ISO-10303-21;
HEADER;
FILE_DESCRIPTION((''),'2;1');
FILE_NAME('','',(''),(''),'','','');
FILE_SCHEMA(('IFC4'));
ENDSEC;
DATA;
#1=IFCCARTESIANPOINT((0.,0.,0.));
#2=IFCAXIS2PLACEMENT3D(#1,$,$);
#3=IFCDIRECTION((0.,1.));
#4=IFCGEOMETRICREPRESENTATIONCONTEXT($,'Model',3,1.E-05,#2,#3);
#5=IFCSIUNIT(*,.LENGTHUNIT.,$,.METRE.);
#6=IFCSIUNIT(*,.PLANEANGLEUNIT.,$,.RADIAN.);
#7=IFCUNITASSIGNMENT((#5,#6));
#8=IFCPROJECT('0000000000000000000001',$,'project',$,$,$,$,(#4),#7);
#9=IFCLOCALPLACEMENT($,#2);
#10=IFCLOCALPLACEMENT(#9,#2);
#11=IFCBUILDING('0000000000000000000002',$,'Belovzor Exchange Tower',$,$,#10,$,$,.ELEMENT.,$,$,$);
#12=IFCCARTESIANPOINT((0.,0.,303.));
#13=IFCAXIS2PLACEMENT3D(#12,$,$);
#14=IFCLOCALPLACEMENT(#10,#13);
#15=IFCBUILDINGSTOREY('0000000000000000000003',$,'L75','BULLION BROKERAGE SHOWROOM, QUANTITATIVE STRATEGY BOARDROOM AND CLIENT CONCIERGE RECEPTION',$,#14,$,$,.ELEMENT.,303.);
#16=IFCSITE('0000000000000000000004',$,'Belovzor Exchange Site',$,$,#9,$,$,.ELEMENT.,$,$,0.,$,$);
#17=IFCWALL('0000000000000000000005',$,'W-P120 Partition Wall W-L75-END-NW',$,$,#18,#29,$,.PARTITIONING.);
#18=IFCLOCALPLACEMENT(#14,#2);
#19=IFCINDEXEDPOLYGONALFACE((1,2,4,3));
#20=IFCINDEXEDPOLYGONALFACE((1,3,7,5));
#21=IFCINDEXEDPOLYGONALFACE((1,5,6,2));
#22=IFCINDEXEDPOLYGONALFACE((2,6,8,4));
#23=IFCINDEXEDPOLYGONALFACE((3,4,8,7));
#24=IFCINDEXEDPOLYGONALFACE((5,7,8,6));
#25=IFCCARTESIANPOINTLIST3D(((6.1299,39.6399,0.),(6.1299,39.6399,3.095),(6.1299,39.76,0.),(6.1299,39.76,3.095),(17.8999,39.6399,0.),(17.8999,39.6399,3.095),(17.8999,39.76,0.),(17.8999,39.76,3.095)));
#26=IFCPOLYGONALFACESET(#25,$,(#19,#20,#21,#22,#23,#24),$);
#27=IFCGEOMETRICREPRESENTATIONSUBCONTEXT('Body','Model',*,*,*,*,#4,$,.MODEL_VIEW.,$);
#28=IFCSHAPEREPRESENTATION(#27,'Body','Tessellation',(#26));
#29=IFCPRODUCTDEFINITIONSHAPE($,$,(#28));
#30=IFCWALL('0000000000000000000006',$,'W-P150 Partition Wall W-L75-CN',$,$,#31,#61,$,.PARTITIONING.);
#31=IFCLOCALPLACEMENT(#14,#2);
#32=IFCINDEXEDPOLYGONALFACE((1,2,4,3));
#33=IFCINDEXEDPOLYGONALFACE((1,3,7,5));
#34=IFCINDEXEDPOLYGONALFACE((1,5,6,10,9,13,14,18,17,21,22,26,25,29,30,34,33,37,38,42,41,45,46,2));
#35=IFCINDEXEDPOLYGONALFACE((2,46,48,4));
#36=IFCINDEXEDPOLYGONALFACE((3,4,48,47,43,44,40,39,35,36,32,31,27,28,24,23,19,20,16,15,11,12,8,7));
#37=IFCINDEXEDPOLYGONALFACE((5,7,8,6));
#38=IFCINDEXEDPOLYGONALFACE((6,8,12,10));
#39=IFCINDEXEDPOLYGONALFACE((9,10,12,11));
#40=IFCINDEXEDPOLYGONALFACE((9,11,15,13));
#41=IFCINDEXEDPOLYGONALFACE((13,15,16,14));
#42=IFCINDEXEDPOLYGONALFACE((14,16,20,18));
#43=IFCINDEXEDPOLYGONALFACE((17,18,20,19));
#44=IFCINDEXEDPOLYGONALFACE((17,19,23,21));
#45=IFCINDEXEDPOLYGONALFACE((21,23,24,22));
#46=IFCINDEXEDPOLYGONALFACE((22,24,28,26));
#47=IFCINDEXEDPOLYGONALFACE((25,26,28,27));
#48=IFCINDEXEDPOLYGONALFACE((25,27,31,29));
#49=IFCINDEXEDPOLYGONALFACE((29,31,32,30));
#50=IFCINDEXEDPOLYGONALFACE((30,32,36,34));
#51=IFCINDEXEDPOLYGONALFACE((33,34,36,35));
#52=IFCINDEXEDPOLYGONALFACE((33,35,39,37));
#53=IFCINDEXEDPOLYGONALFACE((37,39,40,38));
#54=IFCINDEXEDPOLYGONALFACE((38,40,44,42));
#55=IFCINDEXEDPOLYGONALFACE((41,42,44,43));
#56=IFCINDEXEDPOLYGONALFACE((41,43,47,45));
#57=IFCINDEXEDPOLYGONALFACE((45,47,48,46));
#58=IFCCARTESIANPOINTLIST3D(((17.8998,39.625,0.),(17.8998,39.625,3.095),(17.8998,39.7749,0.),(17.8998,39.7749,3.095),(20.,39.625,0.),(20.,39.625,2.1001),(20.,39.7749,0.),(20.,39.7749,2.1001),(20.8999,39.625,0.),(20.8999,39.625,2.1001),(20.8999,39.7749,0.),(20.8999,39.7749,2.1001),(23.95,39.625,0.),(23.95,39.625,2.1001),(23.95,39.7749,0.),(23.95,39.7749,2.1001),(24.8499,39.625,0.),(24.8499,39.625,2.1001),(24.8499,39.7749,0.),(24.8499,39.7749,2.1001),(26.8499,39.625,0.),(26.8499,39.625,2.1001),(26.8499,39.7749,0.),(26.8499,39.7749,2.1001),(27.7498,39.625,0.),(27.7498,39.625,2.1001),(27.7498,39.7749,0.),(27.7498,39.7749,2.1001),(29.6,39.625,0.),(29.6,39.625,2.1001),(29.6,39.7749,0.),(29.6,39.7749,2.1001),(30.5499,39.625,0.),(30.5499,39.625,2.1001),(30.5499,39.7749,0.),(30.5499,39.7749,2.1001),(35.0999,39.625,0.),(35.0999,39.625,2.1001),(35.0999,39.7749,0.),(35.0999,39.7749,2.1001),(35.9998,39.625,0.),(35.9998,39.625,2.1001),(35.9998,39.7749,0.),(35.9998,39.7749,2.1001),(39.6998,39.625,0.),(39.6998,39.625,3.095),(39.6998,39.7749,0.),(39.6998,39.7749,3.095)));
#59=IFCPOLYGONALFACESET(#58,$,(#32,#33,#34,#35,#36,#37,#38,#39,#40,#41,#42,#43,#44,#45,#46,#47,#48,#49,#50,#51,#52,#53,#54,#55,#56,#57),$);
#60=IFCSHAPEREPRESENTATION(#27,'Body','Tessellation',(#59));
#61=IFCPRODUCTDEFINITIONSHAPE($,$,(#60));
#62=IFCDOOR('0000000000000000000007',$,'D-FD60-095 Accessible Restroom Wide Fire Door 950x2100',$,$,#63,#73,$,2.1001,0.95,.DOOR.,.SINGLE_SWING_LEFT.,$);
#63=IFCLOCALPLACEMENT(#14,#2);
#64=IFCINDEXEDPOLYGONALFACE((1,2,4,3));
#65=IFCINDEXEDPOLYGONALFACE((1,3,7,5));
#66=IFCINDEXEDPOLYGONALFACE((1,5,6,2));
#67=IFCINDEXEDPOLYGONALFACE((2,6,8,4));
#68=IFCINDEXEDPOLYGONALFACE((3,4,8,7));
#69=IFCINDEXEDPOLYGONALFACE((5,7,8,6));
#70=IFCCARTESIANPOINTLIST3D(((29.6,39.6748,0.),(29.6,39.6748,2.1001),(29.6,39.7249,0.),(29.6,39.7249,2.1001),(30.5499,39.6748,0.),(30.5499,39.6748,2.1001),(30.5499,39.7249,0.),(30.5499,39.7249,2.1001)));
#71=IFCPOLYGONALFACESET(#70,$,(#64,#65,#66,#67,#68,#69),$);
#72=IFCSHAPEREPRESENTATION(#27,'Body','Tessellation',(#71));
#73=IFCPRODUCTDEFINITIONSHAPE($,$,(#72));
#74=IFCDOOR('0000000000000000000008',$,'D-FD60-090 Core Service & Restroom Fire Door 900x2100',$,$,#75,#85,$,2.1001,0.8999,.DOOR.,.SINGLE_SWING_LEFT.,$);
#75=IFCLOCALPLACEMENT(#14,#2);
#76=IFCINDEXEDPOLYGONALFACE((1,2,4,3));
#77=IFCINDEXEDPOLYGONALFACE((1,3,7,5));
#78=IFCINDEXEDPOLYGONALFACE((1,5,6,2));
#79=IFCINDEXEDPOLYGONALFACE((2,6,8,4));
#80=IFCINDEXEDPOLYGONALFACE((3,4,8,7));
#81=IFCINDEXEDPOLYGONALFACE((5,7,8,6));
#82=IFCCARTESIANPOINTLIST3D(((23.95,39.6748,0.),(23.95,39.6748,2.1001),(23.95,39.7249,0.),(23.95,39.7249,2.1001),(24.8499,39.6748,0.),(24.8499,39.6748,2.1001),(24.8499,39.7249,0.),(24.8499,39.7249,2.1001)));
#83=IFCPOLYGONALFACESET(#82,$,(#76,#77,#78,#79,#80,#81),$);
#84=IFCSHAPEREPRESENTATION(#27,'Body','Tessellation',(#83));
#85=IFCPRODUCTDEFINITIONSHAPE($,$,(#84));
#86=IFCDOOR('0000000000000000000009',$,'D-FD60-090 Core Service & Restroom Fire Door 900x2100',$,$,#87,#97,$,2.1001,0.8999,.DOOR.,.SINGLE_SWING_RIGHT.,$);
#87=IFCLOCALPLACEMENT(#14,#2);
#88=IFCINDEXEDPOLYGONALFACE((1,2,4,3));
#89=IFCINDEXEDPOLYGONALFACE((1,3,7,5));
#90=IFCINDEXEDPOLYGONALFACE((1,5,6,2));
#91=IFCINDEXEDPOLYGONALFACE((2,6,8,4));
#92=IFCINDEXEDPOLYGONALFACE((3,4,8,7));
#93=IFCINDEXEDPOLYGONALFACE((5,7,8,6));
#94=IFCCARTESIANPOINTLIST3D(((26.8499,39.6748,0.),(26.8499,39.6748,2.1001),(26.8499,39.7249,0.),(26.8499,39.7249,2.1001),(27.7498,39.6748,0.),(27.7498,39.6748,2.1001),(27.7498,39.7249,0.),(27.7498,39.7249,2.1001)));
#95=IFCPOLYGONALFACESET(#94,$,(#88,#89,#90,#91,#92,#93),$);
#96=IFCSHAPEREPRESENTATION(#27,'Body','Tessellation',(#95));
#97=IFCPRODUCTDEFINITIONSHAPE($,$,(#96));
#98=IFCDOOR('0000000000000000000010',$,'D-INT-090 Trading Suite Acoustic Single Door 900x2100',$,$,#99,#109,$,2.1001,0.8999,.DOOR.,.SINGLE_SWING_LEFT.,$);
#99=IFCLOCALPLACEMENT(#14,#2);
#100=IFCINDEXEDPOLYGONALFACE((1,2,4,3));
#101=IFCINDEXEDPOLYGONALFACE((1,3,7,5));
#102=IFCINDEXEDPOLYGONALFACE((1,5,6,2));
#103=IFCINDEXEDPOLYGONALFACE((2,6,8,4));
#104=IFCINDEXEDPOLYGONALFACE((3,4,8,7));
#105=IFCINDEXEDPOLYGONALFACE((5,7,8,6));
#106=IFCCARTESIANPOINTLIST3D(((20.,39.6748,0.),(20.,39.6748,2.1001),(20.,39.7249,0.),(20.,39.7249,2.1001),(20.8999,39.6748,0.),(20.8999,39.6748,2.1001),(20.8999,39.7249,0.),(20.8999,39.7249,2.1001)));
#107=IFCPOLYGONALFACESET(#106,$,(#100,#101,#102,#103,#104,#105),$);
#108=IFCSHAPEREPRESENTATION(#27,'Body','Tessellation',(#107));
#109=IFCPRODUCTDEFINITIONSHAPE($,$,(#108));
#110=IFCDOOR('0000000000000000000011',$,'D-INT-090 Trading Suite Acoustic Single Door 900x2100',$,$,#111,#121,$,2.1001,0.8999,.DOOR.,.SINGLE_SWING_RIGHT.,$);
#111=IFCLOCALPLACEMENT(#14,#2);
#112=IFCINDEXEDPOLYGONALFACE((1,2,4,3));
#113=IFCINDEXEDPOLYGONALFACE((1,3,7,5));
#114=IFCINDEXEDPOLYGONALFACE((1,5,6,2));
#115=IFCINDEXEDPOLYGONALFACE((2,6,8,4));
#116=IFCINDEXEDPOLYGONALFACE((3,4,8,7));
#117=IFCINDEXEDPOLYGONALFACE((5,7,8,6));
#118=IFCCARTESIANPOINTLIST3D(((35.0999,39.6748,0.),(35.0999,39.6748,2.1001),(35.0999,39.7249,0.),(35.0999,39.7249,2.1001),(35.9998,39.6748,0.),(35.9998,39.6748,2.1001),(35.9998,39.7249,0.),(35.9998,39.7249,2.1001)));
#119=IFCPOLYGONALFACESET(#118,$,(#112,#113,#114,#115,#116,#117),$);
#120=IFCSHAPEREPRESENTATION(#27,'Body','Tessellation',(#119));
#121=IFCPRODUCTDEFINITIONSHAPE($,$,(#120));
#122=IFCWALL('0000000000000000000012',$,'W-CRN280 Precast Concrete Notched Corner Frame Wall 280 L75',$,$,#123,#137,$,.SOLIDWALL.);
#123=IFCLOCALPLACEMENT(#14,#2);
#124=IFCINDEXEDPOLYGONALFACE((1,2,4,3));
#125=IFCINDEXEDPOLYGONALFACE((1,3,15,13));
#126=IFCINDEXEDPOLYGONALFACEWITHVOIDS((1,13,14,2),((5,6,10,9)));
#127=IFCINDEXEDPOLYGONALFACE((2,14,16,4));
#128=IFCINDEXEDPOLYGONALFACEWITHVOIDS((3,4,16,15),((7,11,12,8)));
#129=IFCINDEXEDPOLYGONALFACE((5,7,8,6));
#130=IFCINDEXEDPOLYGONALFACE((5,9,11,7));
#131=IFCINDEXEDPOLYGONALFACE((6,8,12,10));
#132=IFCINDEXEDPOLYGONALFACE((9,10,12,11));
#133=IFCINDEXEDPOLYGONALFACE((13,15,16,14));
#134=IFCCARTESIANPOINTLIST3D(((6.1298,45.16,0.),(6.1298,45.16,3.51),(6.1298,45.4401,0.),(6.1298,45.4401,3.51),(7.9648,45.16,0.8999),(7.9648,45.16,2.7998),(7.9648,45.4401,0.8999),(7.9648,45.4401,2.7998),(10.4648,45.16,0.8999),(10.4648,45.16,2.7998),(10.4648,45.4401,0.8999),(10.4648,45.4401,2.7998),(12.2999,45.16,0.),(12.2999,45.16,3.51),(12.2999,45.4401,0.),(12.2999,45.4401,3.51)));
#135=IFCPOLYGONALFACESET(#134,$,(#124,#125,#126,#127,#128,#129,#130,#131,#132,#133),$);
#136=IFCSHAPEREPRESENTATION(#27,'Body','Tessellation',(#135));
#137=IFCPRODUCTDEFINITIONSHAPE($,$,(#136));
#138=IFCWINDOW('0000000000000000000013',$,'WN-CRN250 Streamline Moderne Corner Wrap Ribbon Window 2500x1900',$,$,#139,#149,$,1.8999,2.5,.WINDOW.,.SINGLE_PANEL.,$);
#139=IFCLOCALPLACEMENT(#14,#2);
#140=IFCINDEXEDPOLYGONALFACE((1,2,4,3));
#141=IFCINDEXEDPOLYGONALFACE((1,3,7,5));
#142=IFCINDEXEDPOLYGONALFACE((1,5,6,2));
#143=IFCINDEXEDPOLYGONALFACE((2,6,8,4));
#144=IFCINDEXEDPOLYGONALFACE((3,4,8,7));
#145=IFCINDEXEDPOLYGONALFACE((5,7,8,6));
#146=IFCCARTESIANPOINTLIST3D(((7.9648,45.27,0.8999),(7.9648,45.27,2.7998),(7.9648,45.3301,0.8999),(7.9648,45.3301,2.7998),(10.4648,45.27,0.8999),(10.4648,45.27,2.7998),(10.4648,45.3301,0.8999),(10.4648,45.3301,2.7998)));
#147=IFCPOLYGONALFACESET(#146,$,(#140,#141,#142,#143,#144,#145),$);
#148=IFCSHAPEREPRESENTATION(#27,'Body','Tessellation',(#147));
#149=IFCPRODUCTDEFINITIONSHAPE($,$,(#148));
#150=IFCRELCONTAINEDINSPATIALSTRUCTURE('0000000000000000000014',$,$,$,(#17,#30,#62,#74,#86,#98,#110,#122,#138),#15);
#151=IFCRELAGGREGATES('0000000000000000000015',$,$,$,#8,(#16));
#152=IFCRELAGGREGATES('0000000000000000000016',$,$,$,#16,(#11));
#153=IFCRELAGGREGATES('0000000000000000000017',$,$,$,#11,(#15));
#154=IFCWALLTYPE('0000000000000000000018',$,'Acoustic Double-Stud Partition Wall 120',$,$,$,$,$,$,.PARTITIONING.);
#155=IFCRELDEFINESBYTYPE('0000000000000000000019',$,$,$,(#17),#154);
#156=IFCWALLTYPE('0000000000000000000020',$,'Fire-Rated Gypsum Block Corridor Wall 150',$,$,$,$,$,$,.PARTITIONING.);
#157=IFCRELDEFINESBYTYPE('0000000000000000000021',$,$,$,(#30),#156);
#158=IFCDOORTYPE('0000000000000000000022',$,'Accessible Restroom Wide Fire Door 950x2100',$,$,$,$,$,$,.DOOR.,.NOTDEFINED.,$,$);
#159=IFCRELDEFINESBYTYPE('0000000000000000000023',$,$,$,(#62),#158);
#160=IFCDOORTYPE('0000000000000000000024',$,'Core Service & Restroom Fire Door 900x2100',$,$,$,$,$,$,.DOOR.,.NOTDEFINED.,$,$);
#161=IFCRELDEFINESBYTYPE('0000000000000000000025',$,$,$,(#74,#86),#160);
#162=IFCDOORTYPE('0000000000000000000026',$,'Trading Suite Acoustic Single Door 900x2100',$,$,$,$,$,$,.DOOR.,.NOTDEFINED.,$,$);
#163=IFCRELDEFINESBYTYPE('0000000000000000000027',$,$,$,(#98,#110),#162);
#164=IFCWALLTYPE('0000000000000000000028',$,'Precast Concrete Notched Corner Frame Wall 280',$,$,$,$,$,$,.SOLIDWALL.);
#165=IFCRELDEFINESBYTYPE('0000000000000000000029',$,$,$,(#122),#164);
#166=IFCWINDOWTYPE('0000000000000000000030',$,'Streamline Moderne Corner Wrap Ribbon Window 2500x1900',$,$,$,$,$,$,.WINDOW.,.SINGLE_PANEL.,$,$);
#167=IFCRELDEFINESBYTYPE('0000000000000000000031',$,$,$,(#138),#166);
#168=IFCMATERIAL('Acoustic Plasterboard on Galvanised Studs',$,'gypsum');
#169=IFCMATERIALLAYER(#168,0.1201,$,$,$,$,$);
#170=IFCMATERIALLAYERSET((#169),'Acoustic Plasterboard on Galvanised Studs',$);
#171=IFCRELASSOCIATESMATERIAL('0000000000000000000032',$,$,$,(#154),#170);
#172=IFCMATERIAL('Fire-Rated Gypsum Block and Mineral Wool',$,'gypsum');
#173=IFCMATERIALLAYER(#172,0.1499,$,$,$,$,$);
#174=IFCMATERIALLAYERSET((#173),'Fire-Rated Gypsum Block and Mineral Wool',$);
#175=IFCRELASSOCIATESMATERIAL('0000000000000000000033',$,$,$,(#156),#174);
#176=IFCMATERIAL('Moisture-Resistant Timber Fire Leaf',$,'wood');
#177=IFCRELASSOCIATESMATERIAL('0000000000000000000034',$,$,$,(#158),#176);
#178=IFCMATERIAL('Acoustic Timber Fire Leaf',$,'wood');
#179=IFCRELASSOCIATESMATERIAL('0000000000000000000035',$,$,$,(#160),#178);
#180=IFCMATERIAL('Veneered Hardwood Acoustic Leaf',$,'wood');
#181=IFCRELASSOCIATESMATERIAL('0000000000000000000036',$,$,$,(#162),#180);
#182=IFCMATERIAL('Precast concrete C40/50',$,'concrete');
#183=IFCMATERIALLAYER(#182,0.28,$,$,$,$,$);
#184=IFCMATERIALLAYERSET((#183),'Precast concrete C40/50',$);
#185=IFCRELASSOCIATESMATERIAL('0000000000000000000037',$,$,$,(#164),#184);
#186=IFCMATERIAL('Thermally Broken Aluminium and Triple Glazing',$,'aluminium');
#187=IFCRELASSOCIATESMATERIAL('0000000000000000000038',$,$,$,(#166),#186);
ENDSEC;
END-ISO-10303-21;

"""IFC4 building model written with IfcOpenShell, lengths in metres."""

from ifc_helpers import new_model, si_unit, direction, frame, frame_2d, origin, place, context, subcontext, project, spatial, rectangle, extrude, material, layer, layer_set, type_object, element, fill, save


model = new_model("IFC4")

# Units and contexts
model_context = context("Model", 3, precision=1e-05, world=origin(), true_north=direction((0.0, 1.0)))
body_context = subcontext(model_context, "Body", "Model", "MODEL_VIEW")
ifc_project = project(units=[si_unit("LENGTHUNIT", "METRE"), si_unit("PLANEANGLEUNIT", "RADIAN")], contexts=[model_context])

# Site, building, storey
site_placement = place(None, origin())
site = spatial("IfcSite", under=ifc_project, at=site_placement, Name="Belovzor Exchange Site", CompositionType="ELEMENT", RefElevation=0.0)
building_placement = place(site_placement, origin())
building = spatial("IfcBuilding", under=site, at=building_placement, Name="Belovzor Exchange Tower", CompositionType="ELEMENT")
storey_placement = place(building_placement, frame((0.0, 0.0, 303.0)))
storey = spatial("IfcBuildingStorey", under=building, at=storey_placement, Name="L75", Description="BULLION BROKERAGE SHOWROOM, QUANTITATIVE STRATEGY BOARDROOM AND CLIENT CONCIERGE RECEPTION", CompositionType="ELEMENT", Elevation=303.0)

# Wall
ifc_material_1 = material(Name="Acoustic Plasterboard on Galvanised Studs", Category="gypsum")
ifc_layer_1 = layer(ifc_material_1, 0.1201)
ifc_layer_set_1 = layer_set([ifc_layer_1], Name="Acoustic Plasterboard on Galvanised Studs")
wall_type_1 = type_object("IfcWallType", Name="Acoustic Double-Stud Partition Wall 120", PredefinedType="PARTITIONING", material=ifc_layer_set_1)
wall_1_placement = place(storey_placement, frame((6.1299, 39.7, 0.0), z_axis=(0.0, 0.0, 1.0), x_axis=(1.0, 0.0, 0.0)))
element("IfcWall", 1, at=wall_1_placement, inside=storey, type_object=wall_type_1, Name="W-P120 Partition Wall W-L75-END-NW", PredefinedType="PARTITIONING", context=body_context, shape_type="SweptSolid", body=[
    extrude(rectangle(XDim=11.77, YDim=0.1201, at=frame_2d((5.885, 0.0))), origin(), (0.0, 0.0, 1.0), 3.095),
])

# Wall, openings, doors
ifc_material_2 = material(Name="Fire-Rated Gypsum Block and Mineral Wool", Category="gypsum")
ifc_layer_2 = layer(ifc_material_2, 0.1499)
ifc_layer_set_2 = layer_set([ifc_layer_2], Name="Fire-Rated Gypsum Block and Mineral Wool")
wall_type_2 = type_object("IfcWallType", Name="Fire-Rated Gypsum Block Corridor Wall 150", PredefinedType="PARTITIONING", material=ifc_layer_set_2)
wall_2_placement = place(storey_placement, frame((17.8999, 39.7, 0.0), z_axis=(0.0, 0.0, 1.0), x_axis=(1.0, 0.0, 0.0)))
wall_2 = element("IfcWall", 2, at=wall_2_placement, inside=storey, type_object=wall_type_2, Name="W-P150 Partition Wall W-L75-CN", PredefinedType="PARTITIONING", context=body_context, shape_type="SweptSolid", body=[
    extrude(rectangle(XDim=21.8, YDim=0.1499, at=frame_2d((10.8999, 0.0))), origin(), (0.0, 0.0, 1.0), 3.095),
])
opening_1_placement = place(wall_2_placement, frame((2.1001, 0.0, 0.0)))
opening_1 = element("IfcOpeningElement", 3, at=opening_1_placement, cuts=wall_2, PredefinedType="OPENING", context=body_context, shape_type="SweptSolid", body=[
    extrude(rectangle(XDim=0.8999, YDim=2.1001, at=frame_2d((0.45, 1.05))), frame((0.0, 0.085, 0.0), z_axis=(0.0, -1.0, 0.0), x_axis=(1.0, 0.0, 0.0)), (0.0, 0.0, 1.0), 0.1699),
])
opening_2_placement = place(wall_2_placement, frame((6.05, 0.0, 0.0)))
opening_2 = element("IfcOpeningElement", 4, at=opening_2_placement, cuts=wall_2, PredefinedType="OPENING", context=body_context, shape_type="SweptSolid", body=[
    extrude(rectangle(XDim=0.8999, YDim=2.1001, at=frame_2d((0.45, 1.05))), frame((0.0, 0.085, 0.0), z_axis=(0.0, -1.0, 0.0), x_axis=(1.0, 0.0, 0.0)), (0.0, 0.0, 1.0), 0.1699),
])
opening_3_placement = place(wall_2_placement, frame((8.95, 0.0, 0.0)))
opening_3 = element("IfcOpeningElement", 5, at=opening_3_placement, cuts=wall_2, PredefinedType="OPENING", context=body_context, shape_type="SweptSolid", body=[
    extrude(rectangle(XDim=0.8999, YDim=2.1001, at=frame_2d((0.45, 1.05))), frame((0.0, 0.085, 0.0), z_axis=(0.0, -1.0, 0.0), x_axis=(1.0, 0.0, 0.0)), (0.0, 0.0, 1.0), 0.1699),
])
opening_4_placement = place(wall_2_placement, frame((11.7, 0.0, 0.0)))
opening_4 = element("IfcOpeningElement", 6, at=opening_4_placement, cuts=wall_2, PredefinedType="OPENING", context=body_context, shape_type="SweptSolid", body=[
    extrude(rectangle(XDim=0.95, YDim=2.1001, at=frame_2d((0.4751, 1.05))), frame((0.0, 0.085, 0.0), z_axis=(0.0, -1.0, 0.0), x_axis=(1.0, 0.0, 0.0)), (0.0, 0.0, 1.0), 0.1699),
])
opening_5_placement = place(wall_2_placement, frame((17.2, 0.0, 0.0)))
opening_5 = element("IfcOpeningElement", 7, at=opening_5_placement, cuts=wall_2, PredefinedType="OPENING", context=body_context, shape_type="SweptSolid", body=[
    extrude(rectangle(XDim=0.8999, YDim=2.1001, at=frame_2d((0.45, 1.05))), frame((0.0, 0.085, 0.0), z_axis=(0.0, -1.0, 0.0), x_axis=(1.0, 0.0, 0.0)), (0.0, 0.0, 1.0), 0.1699),
])
ifc_material_3 = material(Name="Moisture-Resistant Timber Fire Leaf", Category="wood")
door_type_1 = type_object("IfcDoorType", Name="Accessible Restroom Wide Fire Door 950x2100", OperationType="NOTDEFINED", PredefinedType="DOOR", material=ifc_material_3)
door_1_placement = place(opening_4_placement, origin())
door_1 = element("IfcDoor", 8, at=door_1_placement, inside=storey, type_object=door_type_1, Name="D-FD60-095 Accessible Restroom Wide Fire Door 950x2100", OperationType="SINGLE_SWING_LEFT", OverallHeight=2.1001, OverallWidth=0.95, PredefinedType="DOOR", context=body_context, shape_type="SweptSolid", body=[
    extrude(rectangle(XDim=0.95, YDim=2.1001, at=frame_2d((0.4751, 1.05))), frame((0.0, 0.0249, 0.0), z_axis=(0.0, -1.0, 0.0), x_axis=(1.0, 0.0, 0.0)), (0.0, 0.0, 1.0), 0.05),
])
fill(opening_4, door_1)
ifc_material_4 = material(Name="Acoustic Timber Fire Leaf", Category="wood")
door_type_2 = type_object("IfcDoorType", Name="Core Service & Restroom Fire Door 900x2100", OperationType="NOTDEFINED", PredefinedType="DOOR", material=ifc_material_4)
door_2_placement = place(opening_2_placement, origin())
door_2 = element("IfcDoor", 9, at=door_2_placement, inside=storey, type_object=door_type_2, Name="D-FD60-090 Core Service & Restroom Fire Door 900x2100", OperationType="SINGLE_SWING_LEFT", OverallHeight=2.1001, OverallWidth=0.8999, PredefinedType="DOOR", context=body_context, shape_type="SweptSolid", body=[
    extrude(rectangle(XDim=0.8999, YDim=2.1001, at=frame_2d((0.45, 1.05))), frame((0.0, 0.0249, 0.0), z_axis=(0.0, -1.0, 0.0), x_axis=(1.0, 0.0, 0.0)), (0.0, 0.0, 1.0), 0.05),
])
fill(opening_2, door_2)
door_3_placement = place(opening_3_placement, origin())
door_3 = element("IfcDoor", 10, at=door_3_placement, inside=storey, type_object=door_type_2, Name="D-FD60-090 Core Service & Restroom Fire Door 900x2100", OperationType="SINGLE_SWING_RIGHT", OverallHeight=2.1001, OverallWidth=0.8999, PredefinedType="DOOR", context=body_context, shape_type="SweptSolid", body=[
    extrude(rectangle(XDim=0.8999, YDim=2.1001, at=frame_2d((0.45, 1.05))), frame((0.0, 0.0249, 0.0), z_axis=(0.0, -1.0, 0.0), x_axis=(1.0, 0.0, 0.0)), (0.0, 0.0, 1.0), 0.05),
])
fill(opening_3, door_3)
ifc_material_5 = material(Name="Veneered Hardwood Acoustic Leaf", Category="wood")
door_type_3 = type_object("IfcDoorType", Name="Trading Suite Acoustic Single Door 900x2100", OperationType="NOTDEFINED", PredefinedType="DOOR", material=ifc_material_5)
door_4_placement = place(opening_1_placement, origin())
door_4 = element("IfcDoor", 11, at=door_4_placement, inside=storey, type_object=door_type_3, Name="D-INT-090 Trading Suite Acoustic Single Door 900x2100", OperationType="SINGLE_SWING_LEFT", OverallHeight=2.1001, OverallWidth=0.8999, PredefinedType="DOOR", context=body_context, shape_type="SweptSolid", body=[
    extrude(rectangle(XDim=0.8999, YDim=2.1001, at=frame_2d((0.45, 1.05))), frame((0.0, 0.0249, 0.0), z_axis=(0.0, -1.0, 0.0), x_axis=(1.0, 0.0, 0.0)), (0.0, 0.0, 1.0), 0.05),
])
fill(opening_1, door_4)
door_5_placement = place(opening_5_placement, origin())
door_5 = element("IfcDoor", 12, at=door_5_placement, inside=storey, type_object=door_type_3, Name="D-INT-090 Trading Suite Acoustic Single Door 900x2100", OperationType="SINGLE_SWING_RIGHT", OverallHeight=2.1001, OverallWidth=0.8999, PredefinedType="DOOR", context=body_context, shape_type="SweptSolid", body=[
    extrude(rectangle(XDim=0.8999, YDim=2.1001, at=frame_2d((0.45, 1.05))), frame((0.0, 0.0249, 0.0), z_axis=(0.0, -1.0, 0.0), x_axis=(1.0, 0.0, 0.0)), (0.0, 0.0, 1.0), 0.05),
])
fill(opening_5, door_5)

# Wall, opening, window
ifc_material_6 = material(Name="Precast concrete C40/50", Category="concrete")
ifc_layer_3 = layer(ifc_material_6, 0.28)
ifc_layer_set_3 = layer_set([ifc_layer_3], Name="Precast concrete C40/50")
wall_type_3 = type_object("IfcWallType", Name="Precast Concrete Notched Corner Frame Wall 280", PredefinedType="SOLIDWALL", material=ifc_layer_set_3)
wall_3_placement = place(storey_placement, frame((6.1299, 45.3, 0.0), z_axis=(0.0, 0.0, 1.0), x_axis=(1.0, 0.0, 0.0)))
wall_3 = element("IfcWall", 13, at=wall_3_placement, inside=storey, type_object=wall_type_3, Name="W-CRN280 Precast Concrete Notched Corner Frame Wall 280 L75", PredefinedType="SOLIDWALL", context=body_context, shape_type="SweptSolid", body=[
    extrude(rectangle(XDim=6.1702, YDim=0.28, at=frame_2d((3.085, 0.0))), origin(), (0.0, 0.0, 1.0), 3.51),
])
opening_6_placement = place(wall_3_placement, frame((1.835, 0.0, 0.8999)))
opening_6 = element("IfcOpeningElement", 14, at=opening_6_placement, cuts=wall_3, PredefinedType="OPENING", context=body_context, shape_type="SweptSolid", body=[
    extrude(rectangle(XDim=2.5, YDim=1.8999, at=frame_2d((1.25, 0.95))), frame((0.0, 0.1499, 0.0), z_axis=(0.0, -1.0, 0.0), x_axis=(1.0, 0.0, 0.0)), (0.0, 0.0, 1.0), 0.3),
])
ifc_material_7 = material(Name="Thermally Broken Aluminium and Triple Glazing", Category="aluminium")
window_type_1 = type_object("IfcWindowType", Name="Streamline Moderne Corner Wrap Ribbon Window 2500x1900", PartitioningType="SINGLE_PANEL", PredefinedType="WINDOW", material=ifc_material_7)
window_1_placement = place(opening_6_placement, origin())
window_1 = element("IfcWindow", 15, at=window_1_placement, inside=storey, type_object=window_type_1, Name="WN-CRN250 Streamline Moderne Corner Wrap Ribbon Window 2500x1900", OverallHeight=1.8999, OverallWidth=2.5, PartitioningType="SINGLE_PANEL", PredefinedType="WINDOW", context=body_context, shape_type="SweptSolid", body=[
    extrude(rectangle(XDim=2.5, YDim=1.8999, at=frame_2d((1.25, 0.95))), frame((0.0, 0.03, 0.0), z_axis=(0.0, -1.0, 0.0), x_axis=(1.0, 0.0, 0.0)), (0.0, 0.0, 1.0), 0.0601),
])
fill(opening_6, window_1)

save(model, "model.ifc")
